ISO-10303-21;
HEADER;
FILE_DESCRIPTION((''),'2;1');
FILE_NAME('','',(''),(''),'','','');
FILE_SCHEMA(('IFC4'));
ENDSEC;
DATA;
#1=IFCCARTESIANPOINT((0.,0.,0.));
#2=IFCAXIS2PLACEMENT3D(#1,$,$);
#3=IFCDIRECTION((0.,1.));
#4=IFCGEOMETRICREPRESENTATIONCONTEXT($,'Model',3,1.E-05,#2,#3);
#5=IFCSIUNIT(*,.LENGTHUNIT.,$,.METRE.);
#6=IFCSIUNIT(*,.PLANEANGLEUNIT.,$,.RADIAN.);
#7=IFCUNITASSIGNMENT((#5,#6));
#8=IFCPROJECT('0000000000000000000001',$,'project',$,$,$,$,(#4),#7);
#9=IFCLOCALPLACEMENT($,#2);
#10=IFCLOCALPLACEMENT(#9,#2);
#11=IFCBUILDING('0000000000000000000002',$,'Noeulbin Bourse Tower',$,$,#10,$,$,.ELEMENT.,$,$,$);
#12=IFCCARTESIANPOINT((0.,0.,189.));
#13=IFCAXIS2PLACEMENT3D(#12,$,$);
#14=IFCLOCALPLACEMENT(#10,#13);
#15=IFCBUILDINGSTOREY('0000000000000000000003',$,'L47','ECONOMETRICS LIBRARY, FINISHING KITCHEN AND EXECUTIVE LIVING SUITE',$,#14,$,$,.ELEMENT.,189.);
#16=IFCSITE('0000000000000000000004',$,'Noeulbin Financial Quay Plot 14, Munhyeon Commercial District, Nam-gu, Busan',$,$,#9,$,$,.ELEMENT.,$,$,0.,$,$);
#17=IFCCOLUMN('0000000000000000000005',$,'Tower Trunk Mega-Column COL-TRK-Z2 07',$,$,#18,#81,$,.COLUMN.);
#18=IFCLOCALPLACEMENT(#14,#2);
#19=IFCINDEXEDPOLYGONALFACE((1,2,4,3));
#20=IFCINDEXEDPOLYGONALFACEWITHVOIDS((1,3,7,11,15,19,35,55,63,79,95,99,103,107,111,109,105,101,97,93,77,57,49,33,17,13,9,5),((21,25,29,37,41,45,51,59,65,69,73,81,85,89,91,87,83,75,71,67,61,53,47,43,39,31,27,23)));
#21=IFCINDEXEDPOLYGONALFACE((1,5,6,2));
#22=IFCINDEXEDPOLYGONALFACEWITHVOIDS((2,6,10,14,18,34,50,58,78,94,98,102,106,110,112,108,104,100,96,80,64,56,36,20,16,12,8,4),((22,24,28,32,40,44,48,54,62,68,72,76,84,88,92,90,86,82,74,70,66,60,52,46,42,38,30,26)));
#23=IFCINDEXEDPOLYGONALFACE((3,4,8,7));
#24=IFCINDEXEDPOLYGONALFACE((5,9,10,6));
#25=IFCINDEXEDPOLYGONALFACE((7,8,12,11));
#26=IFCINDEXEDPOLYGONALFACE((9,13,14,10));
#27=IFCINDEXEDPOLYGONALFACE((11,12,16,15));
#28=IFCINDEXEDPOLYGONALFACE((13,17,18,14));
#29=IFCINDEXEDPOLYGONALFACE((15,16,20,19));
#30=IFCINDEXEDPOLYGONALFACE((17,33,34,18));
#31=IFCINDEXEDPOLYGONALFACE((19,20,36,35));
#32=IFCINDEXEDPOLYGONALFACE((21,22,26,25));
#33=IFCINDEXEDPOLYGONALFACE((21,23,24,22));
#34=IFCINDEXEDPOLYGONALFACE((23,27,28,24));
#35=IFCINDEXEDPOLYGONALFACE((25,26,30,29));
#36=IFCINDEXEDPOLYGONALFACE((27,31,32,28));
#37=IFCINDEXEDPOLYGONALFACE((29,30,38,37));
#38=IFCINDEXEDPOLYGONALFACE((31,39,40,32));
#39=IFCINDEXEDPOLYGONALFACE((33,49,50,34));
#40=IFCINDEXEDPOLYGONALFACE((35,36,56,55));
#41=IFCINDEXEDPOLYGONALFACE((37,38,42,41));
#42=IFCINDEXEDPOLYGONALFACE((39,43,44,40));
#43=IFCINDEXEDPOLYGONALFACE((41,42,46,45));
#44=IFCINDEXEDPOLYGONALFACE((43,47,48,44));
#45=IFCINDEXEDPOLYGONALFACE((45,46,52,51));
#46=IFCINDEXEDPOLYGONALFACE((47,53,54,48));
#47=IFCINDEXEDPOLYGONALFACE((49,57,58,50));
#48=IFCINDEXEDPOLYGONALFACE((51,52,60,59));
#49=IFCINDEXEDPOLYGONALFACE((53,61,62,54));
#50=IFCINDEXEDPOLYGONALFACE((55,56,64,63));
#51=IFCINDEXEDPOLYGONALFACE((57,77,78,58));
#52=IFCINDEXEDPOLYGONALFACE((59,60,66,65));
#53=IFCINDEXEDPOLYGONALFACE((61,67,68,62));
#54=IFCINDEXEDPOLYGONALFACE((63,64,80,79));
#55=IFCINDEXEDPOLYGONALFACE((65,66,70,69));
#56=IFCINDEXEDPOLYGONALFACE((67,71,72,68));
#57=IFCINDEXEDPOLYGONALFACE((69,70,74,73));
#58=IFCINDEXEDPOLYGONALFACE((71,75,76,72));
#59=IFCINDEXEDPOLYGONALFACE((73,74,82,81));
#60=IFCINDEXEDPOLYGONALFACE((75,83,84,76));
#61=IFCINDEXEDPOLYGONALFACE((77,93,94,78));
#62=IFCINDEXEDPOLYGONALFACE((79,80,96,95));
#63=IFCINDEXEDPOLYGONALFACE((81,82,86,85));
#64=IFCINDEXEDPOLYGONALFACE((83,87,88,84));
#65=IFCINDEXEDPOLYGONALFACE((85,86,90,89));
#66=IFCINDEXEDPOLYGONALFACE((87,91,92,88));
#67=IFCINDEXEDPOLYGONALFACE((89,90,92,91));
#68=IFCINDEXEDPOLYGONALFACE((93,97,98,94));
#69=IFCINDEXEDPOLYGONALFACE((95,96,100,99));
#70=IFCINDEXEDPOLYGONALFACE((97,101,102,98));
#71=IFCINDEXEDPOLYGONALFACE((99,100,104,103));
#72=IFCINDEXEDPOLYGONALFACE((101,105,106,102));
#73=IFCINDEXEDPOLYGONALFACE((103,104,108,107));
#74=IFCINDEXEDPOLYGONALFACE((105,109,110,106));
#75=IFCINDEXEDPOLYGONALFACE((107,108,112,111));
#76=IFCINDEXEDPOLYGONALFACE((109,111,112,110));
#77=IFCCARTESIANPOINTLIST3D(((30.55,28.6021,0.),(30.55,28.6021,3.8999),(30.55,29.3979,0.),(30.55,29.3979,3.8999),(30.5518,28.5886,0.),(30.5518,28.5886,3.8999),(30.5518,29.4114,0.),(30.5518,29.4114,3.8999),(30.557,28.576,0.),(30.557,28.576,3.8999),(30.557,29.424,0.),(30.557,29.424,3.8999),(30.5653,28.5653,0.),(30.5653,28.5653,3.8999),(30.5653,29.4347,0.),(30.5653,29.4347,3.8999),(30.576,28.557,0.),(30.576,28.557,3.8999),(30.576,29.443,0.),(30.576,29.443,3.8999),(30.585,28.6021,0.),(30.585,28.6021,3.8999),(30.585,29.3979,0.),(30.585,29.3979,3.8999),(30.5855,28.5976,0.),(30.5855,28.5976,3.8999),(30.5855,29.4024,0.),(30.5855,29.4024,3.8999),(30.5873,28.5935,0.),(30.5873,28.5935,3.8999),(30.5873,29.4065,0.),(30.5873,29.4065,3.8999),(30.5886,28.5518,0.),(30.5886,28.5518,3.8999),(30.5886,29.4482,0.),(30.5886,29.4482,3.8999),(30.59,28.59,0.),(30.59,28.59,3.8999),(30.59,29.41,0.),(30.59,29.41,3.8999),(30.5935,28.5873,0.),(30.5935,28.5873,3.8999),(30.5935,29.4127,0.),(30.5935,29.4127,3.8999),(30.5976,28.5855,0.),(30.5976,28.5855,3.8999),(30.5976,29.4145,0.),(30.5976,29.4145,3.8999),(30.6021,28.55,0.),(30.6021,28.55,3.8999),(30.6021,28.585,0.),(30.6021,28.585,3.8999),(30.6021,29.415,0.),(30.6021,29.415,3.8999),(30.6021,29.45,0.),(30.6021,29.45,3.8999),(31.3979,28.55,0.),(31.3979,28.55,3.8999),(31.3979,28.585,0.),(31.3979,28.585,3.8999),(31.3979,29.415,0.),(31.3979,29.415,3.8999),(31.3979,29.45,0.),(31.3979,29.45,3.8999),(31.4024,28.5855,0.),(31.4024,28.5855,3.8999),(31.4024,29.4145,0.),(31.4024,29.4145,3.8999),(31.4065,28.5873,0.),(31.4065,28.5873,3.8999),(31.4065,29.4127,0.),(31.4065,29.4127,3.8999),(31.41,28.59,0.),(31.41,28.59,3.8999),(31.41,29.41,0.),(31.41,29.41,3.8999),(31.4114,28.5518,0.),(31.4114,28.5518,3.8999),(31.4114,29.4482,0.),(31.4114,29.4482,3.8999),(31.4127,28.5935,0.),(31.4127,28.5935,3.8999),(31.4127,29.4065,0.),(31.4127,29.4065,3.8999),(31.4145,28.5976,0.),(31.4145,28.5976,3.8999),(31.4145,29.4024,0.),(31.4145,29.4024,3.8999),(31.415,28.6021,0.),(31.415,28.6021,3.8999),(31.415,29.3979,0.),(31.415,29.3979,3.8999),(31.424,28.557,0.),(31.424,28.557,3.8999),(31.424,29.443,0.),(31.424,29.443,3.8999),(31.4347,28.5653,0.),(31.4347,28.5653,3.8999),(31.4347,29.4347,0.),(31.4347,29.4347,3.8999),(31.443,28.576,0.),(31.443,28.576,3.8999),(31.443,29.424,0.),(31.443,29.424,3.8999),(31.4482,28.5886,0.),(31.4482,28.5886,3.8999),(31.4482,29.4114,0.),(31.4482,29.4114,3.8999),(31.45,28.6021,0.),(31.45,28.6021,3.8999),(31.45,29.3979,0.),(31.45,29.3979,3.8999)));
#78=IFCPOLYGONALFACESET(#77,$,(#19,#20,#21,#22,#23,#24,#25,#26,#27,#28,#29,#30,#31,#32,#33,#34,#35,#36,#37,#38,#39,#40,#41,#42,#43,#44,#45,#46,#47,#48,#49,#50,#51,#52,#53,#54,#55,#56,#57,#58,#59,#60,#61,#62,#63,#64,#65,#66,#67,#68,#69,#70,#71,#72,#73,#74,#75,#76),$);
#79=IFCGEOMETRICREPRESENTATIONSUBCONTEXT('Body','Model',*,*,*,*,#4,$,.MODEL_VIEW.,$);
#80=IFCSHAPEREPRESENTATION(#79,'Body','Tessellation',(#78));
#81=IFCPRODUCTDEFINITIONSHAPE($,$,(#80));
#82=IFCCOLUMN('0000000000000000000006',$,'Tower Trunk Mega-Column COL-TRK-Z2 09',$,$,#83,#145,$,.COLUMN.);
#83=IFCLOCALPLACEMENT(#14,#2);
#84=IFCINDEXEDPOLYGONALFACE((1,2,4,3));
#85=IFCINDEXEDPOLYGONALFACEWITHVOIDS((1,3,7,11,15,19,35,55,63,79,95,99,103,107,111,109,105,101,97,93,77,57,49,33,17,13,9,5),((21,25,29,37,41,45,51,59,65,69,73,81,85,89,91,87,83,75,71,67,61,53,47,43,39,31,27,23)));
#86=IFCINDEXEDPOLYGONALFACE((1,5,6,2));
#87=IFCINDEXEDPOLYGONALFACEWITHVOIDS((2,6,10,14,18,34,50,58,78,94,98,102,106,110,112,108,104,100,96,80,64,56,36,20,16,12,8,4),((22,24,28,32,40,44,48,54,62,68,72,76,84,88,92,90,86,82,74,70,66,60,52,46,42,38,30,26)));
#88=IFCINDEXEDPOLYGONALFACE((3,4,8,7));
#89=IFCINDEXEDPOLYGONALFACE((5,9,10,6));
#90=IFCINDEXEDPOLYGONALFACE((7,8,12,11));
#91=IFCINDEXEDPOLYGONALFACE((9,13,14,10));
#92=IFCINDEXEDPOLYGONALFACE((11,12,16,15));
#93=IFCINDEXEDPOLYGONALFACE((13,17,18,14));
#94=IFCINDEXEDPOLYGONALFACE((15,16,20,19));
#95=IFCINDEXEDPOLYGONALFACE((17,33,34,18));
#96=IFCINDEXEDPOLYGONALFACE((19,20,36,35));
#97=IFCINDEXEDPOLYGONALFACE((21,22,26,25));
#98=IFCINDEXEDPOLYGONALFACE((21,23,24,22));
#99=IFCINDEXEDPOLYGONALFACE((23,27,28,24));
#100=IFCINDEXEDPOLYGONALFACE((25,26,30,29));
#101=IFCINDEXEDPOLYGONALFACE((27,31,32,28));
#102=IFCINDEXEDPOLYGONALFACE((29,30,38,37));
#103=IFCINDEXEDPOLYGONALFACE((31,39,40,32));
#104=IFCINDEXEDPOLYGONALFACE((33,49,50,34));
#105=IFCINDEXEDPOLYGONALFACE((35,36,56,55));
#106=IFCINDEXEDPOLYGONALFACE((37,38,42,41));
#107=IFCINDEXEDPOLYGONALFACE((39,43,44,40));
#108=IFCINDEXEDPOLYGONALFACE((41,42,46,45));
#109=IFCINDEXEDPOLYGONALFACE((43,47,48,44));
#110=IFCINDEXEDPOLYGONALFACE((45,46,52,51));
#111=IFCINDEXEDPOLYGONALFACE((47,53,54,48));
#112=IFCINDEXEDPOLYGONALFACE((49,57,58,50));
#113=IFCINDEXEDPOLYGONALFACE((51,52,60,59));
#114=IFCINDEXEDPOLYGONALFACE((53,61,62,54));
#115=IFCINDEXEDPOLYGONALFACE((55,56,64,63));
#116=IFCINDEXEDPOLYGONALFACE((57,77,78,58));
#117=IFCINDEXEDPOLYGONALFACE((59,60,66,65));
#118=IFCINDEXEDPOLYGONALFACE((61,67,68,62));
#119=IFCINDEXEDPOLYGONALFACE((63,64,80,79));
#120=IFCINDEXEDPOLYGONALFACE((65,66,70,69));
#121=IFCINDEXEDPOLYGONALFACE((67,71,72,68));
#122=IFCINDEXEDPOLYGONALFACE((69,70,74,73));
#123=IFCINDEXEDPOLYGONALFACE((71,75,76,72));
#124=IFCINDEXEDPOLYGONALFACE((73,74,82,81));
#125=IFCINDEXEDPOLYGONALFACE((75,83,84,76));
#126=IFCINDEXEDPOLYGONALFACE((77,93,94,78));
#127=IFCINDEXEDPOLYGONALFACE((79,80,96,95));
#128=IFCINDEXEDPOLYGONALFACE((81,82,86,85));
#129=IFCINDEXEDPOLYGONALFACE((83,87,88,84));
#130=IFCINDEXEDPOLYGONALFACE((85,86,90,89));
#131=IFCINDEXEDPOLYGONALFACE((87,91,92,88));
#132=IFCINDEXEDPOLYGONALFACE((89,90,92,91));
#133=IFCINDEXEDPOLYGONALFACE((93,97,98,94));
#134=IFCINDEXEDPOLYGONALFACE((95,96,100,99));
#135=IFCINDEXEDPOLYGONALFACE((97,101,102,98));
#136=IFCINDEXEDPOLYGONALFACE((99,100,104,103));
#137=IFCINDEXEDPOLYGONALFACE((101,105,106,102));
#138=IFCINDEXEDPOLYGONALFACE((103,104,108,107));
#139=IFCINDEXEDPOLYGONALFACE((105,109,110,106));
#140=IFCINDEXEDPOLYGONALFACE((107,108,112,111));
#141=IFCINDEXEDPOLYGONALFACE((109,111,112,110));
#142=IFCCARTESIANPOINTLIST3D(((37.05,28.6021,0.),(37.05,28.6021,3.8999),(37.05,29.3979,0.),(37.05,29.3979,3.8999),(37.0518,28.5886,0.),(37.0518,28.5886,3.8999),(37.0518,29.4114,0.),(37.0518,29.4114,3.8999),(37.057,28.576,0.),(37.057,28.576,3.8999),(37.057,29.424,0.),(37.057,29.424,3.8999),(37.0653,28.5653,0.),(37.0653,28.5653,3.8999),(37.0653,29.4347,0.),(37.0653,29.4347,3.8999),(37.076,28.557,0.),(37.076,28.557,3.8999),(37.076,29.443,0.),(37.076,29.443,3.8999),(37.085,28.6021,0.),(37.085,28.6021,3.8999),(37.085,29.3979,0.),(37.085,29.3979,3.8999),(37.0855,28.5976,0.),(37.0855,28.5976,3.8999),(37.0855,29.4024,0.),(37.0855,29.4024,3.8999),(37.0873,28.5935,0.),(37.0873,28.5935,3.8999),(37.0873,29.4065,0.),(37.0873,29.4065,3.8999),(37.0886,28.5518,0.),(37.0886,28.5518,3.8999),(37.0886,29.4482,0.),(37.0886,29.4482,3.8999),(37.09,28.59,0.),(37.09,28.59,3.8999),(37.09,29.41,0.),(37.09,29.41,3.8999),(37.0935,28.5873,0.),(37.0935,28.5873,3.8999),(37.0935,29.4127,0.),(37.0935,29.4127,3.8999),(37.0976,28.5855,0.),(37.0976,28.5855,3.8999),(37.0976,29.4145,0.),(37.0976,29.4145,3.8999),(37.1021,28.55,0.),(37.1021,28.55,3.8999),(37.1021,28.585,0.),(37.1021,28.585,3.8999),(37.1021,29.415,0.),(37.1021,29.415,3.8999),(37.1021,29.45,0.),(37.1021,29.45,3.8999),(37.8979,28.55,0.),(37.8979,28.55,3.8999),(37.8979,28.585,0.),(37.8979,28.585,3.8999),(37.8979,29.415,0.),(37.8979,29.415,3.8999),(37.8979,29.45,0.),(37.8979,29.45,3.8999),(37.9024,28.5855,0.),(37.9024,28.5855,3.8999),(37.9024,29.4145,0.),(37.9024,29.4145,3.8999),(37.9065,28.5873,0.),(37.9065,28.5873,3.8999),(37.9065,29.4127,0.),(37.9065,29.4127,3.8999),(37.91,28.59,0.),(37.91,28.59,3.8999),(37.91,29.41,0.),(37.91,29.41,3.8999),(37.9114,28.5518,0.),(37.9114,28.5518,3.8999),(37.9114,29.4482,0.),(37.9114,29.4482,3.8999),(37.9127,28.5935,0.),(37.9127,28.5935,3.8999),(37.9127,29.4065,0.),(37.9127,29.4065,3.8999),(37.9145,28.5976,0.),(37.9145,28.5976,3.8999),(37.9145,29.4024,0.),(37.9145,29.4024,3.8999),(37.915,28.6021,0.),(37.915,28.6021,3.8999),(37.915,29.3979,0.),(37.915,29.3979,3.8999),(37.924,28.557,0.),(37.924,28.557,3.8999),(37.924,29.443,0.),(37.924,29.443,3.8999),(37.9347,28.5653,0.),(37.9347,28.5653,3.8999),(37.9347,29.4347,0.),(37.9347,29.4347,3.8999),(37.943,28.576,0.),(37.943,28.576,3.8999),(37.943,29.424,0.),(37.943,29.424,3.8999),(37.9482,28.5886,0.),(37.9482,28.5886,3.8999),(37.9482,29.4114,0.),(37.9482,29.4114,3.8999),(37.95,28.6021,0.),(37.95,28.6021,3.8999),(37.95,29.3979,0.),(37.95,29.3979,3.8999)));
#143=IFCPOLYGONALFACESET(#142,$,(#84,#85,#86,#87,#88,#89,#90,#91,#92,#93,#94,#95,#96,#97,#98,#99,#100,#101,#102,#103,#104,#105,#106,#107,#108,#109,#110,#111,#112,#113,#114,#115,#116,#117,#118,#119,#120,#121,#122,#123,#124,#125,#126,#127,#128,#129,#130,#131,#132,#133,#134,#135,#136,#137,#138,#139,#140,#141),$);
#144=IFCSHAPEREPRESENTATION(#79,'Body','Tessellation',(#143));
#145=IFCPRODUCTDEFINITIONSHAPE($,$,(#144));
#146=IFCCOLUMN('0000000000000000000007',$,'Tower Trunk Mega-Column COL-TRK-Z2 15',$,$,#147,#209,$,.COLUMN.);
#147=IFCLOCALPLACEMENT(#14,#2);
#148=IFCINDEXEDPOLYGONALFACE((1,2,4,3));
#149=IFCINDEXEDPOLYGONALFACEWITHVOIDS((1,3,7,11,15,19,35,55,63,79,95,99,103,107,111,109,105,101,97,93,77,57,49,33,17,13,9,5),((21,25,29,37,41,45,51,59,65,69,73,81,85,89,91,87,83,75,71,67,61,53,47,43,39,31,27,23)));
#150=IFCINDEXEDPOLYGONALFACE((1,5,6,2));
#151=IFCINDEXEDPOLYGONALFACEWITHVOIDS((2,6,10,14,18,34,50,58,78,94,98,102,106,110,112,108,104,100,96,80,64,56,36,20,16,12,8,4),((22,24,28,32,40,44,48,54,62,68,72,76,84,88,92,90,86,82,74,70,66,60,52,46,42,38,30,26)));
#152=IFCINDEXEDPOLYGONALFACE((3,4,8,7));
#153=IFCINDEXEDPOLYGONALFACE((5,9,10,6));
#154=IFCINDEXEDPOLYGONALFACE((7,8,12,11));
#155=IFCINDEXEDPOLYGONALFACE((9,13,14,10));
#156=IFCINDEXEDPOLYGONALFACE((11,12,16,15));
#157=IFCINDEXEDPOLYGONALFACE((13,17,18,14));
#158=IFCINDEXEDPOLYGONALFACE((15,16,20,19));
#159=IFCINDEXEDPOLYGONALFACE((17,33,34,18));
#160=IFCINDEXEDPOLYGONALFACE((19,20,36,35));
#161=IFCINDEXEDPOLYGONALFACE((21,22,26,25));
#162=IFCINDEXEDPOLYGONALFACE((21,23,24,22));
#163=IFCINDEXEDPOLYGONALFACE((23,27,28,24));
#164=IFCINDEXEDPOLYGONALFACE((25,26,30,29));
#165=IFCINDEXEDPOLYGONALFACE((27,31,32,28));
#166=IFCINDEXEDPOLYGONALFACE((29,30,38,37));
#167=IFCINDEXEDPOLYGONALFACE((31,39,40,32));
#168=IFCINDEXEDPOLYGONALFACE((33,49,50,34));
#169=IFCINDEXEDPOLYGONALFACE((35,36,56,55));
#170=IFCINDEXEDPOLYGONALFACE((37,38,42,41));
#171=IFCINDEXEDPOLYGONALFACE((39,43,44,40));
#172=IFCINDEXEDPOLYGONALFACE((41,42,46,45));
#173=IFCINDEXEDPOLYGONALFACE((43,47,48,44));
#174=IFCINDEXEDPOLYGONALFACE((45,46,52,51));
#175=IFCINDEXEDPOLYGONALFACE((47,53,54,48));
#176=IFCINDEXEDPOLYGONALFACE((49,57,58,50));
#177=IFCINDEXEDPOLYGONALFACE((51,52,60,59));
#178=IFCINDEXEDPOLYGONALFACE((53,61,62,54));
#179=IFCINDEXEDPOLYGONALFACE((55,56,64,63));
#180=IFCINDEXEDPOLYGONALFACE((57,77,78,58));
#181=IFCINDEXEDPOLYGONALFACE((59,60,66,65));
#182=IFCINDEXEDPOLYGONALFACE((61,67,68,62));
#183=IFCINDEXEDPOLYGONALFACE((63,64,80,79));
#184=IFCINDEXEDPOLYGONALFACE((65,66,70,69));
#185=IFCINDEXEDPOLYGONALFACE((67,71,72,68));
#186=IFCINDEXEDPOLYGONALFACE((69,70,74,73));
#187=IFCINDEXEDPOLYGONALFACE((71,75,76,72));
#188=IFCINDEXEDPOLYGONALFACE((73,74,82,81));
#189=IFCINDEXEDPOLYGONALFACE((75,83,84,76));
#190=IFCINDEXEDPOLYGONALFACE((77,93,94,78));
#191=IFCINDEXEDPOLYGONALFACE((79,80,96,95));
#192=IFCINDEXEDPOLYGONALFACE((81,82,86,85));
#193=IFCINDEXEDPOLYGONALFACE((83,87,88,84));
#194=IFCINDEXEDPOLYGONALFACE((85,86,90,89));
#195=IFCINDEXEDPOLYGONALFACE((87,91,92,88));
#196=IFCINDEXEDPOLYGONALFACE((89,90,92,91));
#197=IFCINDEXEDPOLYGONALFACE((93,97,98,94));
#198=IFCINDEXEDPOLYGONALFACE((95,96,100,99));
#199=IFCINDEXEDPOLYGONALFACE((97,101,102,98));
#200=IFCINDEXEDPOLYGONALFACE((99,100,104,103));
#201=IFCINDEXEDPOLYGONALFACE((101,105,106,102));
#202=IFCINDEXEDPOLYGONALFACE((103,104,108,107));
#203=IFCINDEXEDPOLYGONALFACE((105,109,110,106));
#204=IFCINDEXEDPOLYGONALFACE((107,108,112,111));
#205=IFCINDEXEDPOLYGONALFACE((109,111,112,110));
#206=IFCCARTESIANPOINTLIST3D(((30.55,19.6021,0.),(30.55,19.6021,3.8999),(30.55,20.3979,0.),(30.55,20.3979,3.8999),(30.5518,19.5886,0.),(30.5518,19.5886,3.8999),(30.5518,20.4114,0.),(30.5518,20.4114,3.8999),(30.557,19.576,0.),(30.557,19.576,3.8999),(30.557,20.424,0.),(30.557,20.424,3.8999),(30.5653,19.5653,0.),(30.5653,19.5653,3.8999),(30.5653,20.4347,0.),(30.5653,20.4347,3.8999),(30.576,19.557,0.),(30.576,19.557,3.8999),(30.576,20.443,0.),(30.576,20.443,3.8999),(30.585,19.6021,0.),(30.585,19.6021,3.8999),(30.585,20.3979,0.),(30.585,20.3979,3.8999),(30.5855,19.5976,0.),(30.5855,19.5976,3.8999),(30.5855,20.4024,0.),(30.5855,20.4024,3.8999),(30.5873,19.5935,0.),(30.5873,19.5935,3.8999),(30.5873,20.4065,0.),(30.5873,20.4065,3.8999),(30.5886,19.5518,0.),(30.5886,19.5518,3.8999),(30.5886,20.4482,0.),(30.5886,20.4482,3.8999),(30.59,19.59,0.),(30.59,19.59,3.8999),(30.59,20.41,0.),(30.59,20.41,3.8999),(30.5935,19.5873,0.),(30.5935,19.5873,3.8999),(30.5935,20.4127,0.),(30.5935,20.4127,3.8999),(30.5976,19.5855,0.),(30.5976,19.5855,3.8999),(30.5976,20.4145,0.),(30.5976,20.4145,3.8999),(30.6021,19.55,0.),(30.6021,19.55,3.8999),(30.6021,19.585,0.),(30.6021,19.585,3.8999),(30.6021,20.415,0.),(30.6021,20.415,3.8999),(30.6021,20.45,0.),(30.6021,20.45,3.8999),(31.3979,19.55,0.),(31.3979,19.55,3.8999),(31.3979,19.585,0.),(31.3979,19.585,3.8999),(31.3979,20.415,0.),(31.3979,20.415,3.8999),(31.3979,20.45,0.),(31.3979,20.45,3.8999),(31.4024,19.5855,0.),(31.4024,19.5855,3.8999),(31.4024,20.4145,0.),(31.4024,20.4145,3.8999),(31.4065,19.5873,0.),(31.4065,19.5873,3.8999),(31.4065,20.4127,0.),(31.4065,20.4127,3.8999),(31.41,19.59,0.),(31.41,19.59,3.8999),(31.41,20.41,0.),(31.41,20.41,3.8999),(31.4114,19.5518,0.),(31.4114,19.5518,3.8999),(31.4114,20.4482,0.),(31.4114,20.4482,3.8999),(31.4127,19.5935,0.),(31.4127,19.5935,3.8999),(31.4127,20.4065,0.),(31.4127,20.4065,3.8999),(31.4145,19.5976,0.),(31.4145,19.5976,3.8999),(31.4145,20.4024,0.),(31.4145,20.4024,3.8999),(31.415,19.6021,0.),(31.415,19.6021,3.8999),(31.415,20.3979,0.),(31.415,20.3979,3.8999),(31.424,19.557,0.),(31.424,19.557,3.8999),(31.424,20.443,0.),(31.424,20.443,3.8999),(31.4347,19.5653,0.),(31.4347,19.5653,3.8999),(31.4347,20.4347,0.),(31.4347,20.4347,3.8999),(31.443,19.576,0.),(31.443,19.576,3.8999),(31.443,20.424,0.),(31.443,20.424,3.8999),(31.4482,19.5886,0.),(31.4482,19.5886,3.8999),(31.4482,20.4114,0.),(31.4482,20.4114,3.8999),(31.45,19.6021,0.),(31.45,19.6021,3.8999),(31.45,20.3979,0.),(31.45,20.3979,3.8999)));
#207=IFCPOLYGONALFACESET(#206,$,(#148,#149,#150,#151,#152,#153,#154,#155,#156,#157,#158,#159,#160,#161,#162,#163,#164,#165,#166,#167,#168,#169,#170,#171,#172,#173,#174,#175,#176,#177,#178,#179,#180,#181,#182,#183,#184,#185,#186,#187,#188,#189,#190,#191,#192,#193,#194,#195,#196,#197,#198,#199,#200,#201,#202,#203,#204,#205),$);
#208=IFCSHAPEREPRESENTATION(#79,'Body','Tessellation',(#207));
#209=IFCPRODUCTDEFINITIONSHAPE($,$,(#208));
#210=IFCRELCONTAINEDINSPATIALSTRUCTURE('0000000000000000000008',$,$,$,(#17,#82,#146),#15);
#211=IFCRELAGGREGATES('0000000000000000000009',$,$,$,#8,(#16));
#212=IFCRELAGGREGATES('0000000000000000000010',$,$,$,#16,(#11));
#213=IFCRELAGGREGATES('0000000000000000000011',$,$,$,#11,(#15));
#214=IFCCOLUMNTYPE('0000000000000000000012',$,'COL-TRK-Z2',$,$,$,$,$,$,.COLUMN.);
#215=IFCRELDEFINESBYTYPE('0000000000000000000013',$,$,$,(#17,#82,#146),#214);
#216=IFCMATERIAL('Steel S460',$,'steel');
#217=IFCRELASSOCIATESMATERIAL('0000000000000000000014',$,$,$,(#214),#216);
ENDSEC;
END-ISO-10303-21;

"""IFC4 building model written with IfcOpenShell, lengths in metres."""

from ifc_helpers import new_model, si_unit, direction, frame, origin, origin_2d, place, context, subcontext, project, spatial, hollow_rectangle, extrude, material, material_profile, profile_set, type_object, element, save


model = new_model("IFC4")

# Units and contexts
model_context = context("Model", 3, precision=1e-05, world=origin(), true_north=direction((0.0, 1.0)))
body_context = subcontext(model_context, "Body", "Model", "MODEL_VIEW")
ifc_project = project(units=[si_unit("LENGTHUNIT", "METRE"), si_unit("PLANEANGLEUNIT", "RADIAN")], contexts=[model_context])

# Site, building, storey
site_placement = place(None, origin())
site = spatial("IfcSite", under=ifc_project, at=site_placement, Name="Noeulbin Financial Quay Plot 14, Munhyeon Commercial District, Nam-gu, Busan", CompositionType="ELEMENT", RefElevation=0.0)
building_placement = place(site_placement, origin())
building = spatial("IfcBuilding", under=site, at=building_placement, Name="Noeulbin Bourse Tower", CompositionType="ELEMENT")
storey_placement = place(building_placement, frame((0.0, 0.0, 189.0)))
storey = spatial("IfcBuildingStorey", under=building, at=storey_placement, Name="L47", Description="ECONOMETRICS LIBRARY, FINISHING KITCHEN AND EXECUTIVE LIVING SUITE", CompositionType="ELEMENT", Elevation=189.0)

# Columns
ifc_material_1 = material(Name="Steel S460", Category="steel")
ifc_material_profile_1 = material_profile(ifc_material_1, hollow_rectangle(XDim=0.8999, YDim=0.8999, WallThickness=0.0349, InnerFilletRadius=0.0171, OuterFilletRadius=0.052, at=origin_2d()), Name="BOX-900x900x35", Category="LoadBearing")
ifc_profile_set_1 = profile_set([ifc_material_profile_1], Name="Steel S460")
column_type = type_object("IfcColumnType", Name="COL-TRK-Z2", PredefinedType="COLUMN", material=ifc_profile_set_1)
for number, where, z_axis, x_axis, name in (
    (1, (31.0, 29.0, 0.0), (0.0, 0.0, 1.0), (1.0, 0.0, 0.0), "Tower Trunk Mega-Column COL-TRK-Z2 07"),
    (2, (37.5, 29.0, 0.0), (0.0, 0.0, 1.0), (1.0, 0.0, 0.0), "Tower Trunk Mega-Column COL-TRK-Z2 09"),
    (3, (31.0, 20.0, 0.0), (0.0, 0.0, 1.0), (1.0, 0.0, 0.0), "Tower Trunk Mega-Column COL-TRK-Z2 15"),
):
    element("IfcColumn", number, at=place(storey_placement, frame(where, z_axis=z_axis, x_axis=x_axis)), inside=storey, type_object=column_type, Name=name, PredefinedType="COLUMN", context=body_context, shape_type="SweptSolid", body=[
        extrude(hollow_rectangle(XDim=0.8999, YDim=0.8999, WallThickness=0.0349, InnerFilletRadius=0.0171, OuterFilletRadius=0.052, at=origin_2d()), origin(), (0.0, 0.0, 1.0), 3.8999),
    ])

save(model, "model.ifc")
